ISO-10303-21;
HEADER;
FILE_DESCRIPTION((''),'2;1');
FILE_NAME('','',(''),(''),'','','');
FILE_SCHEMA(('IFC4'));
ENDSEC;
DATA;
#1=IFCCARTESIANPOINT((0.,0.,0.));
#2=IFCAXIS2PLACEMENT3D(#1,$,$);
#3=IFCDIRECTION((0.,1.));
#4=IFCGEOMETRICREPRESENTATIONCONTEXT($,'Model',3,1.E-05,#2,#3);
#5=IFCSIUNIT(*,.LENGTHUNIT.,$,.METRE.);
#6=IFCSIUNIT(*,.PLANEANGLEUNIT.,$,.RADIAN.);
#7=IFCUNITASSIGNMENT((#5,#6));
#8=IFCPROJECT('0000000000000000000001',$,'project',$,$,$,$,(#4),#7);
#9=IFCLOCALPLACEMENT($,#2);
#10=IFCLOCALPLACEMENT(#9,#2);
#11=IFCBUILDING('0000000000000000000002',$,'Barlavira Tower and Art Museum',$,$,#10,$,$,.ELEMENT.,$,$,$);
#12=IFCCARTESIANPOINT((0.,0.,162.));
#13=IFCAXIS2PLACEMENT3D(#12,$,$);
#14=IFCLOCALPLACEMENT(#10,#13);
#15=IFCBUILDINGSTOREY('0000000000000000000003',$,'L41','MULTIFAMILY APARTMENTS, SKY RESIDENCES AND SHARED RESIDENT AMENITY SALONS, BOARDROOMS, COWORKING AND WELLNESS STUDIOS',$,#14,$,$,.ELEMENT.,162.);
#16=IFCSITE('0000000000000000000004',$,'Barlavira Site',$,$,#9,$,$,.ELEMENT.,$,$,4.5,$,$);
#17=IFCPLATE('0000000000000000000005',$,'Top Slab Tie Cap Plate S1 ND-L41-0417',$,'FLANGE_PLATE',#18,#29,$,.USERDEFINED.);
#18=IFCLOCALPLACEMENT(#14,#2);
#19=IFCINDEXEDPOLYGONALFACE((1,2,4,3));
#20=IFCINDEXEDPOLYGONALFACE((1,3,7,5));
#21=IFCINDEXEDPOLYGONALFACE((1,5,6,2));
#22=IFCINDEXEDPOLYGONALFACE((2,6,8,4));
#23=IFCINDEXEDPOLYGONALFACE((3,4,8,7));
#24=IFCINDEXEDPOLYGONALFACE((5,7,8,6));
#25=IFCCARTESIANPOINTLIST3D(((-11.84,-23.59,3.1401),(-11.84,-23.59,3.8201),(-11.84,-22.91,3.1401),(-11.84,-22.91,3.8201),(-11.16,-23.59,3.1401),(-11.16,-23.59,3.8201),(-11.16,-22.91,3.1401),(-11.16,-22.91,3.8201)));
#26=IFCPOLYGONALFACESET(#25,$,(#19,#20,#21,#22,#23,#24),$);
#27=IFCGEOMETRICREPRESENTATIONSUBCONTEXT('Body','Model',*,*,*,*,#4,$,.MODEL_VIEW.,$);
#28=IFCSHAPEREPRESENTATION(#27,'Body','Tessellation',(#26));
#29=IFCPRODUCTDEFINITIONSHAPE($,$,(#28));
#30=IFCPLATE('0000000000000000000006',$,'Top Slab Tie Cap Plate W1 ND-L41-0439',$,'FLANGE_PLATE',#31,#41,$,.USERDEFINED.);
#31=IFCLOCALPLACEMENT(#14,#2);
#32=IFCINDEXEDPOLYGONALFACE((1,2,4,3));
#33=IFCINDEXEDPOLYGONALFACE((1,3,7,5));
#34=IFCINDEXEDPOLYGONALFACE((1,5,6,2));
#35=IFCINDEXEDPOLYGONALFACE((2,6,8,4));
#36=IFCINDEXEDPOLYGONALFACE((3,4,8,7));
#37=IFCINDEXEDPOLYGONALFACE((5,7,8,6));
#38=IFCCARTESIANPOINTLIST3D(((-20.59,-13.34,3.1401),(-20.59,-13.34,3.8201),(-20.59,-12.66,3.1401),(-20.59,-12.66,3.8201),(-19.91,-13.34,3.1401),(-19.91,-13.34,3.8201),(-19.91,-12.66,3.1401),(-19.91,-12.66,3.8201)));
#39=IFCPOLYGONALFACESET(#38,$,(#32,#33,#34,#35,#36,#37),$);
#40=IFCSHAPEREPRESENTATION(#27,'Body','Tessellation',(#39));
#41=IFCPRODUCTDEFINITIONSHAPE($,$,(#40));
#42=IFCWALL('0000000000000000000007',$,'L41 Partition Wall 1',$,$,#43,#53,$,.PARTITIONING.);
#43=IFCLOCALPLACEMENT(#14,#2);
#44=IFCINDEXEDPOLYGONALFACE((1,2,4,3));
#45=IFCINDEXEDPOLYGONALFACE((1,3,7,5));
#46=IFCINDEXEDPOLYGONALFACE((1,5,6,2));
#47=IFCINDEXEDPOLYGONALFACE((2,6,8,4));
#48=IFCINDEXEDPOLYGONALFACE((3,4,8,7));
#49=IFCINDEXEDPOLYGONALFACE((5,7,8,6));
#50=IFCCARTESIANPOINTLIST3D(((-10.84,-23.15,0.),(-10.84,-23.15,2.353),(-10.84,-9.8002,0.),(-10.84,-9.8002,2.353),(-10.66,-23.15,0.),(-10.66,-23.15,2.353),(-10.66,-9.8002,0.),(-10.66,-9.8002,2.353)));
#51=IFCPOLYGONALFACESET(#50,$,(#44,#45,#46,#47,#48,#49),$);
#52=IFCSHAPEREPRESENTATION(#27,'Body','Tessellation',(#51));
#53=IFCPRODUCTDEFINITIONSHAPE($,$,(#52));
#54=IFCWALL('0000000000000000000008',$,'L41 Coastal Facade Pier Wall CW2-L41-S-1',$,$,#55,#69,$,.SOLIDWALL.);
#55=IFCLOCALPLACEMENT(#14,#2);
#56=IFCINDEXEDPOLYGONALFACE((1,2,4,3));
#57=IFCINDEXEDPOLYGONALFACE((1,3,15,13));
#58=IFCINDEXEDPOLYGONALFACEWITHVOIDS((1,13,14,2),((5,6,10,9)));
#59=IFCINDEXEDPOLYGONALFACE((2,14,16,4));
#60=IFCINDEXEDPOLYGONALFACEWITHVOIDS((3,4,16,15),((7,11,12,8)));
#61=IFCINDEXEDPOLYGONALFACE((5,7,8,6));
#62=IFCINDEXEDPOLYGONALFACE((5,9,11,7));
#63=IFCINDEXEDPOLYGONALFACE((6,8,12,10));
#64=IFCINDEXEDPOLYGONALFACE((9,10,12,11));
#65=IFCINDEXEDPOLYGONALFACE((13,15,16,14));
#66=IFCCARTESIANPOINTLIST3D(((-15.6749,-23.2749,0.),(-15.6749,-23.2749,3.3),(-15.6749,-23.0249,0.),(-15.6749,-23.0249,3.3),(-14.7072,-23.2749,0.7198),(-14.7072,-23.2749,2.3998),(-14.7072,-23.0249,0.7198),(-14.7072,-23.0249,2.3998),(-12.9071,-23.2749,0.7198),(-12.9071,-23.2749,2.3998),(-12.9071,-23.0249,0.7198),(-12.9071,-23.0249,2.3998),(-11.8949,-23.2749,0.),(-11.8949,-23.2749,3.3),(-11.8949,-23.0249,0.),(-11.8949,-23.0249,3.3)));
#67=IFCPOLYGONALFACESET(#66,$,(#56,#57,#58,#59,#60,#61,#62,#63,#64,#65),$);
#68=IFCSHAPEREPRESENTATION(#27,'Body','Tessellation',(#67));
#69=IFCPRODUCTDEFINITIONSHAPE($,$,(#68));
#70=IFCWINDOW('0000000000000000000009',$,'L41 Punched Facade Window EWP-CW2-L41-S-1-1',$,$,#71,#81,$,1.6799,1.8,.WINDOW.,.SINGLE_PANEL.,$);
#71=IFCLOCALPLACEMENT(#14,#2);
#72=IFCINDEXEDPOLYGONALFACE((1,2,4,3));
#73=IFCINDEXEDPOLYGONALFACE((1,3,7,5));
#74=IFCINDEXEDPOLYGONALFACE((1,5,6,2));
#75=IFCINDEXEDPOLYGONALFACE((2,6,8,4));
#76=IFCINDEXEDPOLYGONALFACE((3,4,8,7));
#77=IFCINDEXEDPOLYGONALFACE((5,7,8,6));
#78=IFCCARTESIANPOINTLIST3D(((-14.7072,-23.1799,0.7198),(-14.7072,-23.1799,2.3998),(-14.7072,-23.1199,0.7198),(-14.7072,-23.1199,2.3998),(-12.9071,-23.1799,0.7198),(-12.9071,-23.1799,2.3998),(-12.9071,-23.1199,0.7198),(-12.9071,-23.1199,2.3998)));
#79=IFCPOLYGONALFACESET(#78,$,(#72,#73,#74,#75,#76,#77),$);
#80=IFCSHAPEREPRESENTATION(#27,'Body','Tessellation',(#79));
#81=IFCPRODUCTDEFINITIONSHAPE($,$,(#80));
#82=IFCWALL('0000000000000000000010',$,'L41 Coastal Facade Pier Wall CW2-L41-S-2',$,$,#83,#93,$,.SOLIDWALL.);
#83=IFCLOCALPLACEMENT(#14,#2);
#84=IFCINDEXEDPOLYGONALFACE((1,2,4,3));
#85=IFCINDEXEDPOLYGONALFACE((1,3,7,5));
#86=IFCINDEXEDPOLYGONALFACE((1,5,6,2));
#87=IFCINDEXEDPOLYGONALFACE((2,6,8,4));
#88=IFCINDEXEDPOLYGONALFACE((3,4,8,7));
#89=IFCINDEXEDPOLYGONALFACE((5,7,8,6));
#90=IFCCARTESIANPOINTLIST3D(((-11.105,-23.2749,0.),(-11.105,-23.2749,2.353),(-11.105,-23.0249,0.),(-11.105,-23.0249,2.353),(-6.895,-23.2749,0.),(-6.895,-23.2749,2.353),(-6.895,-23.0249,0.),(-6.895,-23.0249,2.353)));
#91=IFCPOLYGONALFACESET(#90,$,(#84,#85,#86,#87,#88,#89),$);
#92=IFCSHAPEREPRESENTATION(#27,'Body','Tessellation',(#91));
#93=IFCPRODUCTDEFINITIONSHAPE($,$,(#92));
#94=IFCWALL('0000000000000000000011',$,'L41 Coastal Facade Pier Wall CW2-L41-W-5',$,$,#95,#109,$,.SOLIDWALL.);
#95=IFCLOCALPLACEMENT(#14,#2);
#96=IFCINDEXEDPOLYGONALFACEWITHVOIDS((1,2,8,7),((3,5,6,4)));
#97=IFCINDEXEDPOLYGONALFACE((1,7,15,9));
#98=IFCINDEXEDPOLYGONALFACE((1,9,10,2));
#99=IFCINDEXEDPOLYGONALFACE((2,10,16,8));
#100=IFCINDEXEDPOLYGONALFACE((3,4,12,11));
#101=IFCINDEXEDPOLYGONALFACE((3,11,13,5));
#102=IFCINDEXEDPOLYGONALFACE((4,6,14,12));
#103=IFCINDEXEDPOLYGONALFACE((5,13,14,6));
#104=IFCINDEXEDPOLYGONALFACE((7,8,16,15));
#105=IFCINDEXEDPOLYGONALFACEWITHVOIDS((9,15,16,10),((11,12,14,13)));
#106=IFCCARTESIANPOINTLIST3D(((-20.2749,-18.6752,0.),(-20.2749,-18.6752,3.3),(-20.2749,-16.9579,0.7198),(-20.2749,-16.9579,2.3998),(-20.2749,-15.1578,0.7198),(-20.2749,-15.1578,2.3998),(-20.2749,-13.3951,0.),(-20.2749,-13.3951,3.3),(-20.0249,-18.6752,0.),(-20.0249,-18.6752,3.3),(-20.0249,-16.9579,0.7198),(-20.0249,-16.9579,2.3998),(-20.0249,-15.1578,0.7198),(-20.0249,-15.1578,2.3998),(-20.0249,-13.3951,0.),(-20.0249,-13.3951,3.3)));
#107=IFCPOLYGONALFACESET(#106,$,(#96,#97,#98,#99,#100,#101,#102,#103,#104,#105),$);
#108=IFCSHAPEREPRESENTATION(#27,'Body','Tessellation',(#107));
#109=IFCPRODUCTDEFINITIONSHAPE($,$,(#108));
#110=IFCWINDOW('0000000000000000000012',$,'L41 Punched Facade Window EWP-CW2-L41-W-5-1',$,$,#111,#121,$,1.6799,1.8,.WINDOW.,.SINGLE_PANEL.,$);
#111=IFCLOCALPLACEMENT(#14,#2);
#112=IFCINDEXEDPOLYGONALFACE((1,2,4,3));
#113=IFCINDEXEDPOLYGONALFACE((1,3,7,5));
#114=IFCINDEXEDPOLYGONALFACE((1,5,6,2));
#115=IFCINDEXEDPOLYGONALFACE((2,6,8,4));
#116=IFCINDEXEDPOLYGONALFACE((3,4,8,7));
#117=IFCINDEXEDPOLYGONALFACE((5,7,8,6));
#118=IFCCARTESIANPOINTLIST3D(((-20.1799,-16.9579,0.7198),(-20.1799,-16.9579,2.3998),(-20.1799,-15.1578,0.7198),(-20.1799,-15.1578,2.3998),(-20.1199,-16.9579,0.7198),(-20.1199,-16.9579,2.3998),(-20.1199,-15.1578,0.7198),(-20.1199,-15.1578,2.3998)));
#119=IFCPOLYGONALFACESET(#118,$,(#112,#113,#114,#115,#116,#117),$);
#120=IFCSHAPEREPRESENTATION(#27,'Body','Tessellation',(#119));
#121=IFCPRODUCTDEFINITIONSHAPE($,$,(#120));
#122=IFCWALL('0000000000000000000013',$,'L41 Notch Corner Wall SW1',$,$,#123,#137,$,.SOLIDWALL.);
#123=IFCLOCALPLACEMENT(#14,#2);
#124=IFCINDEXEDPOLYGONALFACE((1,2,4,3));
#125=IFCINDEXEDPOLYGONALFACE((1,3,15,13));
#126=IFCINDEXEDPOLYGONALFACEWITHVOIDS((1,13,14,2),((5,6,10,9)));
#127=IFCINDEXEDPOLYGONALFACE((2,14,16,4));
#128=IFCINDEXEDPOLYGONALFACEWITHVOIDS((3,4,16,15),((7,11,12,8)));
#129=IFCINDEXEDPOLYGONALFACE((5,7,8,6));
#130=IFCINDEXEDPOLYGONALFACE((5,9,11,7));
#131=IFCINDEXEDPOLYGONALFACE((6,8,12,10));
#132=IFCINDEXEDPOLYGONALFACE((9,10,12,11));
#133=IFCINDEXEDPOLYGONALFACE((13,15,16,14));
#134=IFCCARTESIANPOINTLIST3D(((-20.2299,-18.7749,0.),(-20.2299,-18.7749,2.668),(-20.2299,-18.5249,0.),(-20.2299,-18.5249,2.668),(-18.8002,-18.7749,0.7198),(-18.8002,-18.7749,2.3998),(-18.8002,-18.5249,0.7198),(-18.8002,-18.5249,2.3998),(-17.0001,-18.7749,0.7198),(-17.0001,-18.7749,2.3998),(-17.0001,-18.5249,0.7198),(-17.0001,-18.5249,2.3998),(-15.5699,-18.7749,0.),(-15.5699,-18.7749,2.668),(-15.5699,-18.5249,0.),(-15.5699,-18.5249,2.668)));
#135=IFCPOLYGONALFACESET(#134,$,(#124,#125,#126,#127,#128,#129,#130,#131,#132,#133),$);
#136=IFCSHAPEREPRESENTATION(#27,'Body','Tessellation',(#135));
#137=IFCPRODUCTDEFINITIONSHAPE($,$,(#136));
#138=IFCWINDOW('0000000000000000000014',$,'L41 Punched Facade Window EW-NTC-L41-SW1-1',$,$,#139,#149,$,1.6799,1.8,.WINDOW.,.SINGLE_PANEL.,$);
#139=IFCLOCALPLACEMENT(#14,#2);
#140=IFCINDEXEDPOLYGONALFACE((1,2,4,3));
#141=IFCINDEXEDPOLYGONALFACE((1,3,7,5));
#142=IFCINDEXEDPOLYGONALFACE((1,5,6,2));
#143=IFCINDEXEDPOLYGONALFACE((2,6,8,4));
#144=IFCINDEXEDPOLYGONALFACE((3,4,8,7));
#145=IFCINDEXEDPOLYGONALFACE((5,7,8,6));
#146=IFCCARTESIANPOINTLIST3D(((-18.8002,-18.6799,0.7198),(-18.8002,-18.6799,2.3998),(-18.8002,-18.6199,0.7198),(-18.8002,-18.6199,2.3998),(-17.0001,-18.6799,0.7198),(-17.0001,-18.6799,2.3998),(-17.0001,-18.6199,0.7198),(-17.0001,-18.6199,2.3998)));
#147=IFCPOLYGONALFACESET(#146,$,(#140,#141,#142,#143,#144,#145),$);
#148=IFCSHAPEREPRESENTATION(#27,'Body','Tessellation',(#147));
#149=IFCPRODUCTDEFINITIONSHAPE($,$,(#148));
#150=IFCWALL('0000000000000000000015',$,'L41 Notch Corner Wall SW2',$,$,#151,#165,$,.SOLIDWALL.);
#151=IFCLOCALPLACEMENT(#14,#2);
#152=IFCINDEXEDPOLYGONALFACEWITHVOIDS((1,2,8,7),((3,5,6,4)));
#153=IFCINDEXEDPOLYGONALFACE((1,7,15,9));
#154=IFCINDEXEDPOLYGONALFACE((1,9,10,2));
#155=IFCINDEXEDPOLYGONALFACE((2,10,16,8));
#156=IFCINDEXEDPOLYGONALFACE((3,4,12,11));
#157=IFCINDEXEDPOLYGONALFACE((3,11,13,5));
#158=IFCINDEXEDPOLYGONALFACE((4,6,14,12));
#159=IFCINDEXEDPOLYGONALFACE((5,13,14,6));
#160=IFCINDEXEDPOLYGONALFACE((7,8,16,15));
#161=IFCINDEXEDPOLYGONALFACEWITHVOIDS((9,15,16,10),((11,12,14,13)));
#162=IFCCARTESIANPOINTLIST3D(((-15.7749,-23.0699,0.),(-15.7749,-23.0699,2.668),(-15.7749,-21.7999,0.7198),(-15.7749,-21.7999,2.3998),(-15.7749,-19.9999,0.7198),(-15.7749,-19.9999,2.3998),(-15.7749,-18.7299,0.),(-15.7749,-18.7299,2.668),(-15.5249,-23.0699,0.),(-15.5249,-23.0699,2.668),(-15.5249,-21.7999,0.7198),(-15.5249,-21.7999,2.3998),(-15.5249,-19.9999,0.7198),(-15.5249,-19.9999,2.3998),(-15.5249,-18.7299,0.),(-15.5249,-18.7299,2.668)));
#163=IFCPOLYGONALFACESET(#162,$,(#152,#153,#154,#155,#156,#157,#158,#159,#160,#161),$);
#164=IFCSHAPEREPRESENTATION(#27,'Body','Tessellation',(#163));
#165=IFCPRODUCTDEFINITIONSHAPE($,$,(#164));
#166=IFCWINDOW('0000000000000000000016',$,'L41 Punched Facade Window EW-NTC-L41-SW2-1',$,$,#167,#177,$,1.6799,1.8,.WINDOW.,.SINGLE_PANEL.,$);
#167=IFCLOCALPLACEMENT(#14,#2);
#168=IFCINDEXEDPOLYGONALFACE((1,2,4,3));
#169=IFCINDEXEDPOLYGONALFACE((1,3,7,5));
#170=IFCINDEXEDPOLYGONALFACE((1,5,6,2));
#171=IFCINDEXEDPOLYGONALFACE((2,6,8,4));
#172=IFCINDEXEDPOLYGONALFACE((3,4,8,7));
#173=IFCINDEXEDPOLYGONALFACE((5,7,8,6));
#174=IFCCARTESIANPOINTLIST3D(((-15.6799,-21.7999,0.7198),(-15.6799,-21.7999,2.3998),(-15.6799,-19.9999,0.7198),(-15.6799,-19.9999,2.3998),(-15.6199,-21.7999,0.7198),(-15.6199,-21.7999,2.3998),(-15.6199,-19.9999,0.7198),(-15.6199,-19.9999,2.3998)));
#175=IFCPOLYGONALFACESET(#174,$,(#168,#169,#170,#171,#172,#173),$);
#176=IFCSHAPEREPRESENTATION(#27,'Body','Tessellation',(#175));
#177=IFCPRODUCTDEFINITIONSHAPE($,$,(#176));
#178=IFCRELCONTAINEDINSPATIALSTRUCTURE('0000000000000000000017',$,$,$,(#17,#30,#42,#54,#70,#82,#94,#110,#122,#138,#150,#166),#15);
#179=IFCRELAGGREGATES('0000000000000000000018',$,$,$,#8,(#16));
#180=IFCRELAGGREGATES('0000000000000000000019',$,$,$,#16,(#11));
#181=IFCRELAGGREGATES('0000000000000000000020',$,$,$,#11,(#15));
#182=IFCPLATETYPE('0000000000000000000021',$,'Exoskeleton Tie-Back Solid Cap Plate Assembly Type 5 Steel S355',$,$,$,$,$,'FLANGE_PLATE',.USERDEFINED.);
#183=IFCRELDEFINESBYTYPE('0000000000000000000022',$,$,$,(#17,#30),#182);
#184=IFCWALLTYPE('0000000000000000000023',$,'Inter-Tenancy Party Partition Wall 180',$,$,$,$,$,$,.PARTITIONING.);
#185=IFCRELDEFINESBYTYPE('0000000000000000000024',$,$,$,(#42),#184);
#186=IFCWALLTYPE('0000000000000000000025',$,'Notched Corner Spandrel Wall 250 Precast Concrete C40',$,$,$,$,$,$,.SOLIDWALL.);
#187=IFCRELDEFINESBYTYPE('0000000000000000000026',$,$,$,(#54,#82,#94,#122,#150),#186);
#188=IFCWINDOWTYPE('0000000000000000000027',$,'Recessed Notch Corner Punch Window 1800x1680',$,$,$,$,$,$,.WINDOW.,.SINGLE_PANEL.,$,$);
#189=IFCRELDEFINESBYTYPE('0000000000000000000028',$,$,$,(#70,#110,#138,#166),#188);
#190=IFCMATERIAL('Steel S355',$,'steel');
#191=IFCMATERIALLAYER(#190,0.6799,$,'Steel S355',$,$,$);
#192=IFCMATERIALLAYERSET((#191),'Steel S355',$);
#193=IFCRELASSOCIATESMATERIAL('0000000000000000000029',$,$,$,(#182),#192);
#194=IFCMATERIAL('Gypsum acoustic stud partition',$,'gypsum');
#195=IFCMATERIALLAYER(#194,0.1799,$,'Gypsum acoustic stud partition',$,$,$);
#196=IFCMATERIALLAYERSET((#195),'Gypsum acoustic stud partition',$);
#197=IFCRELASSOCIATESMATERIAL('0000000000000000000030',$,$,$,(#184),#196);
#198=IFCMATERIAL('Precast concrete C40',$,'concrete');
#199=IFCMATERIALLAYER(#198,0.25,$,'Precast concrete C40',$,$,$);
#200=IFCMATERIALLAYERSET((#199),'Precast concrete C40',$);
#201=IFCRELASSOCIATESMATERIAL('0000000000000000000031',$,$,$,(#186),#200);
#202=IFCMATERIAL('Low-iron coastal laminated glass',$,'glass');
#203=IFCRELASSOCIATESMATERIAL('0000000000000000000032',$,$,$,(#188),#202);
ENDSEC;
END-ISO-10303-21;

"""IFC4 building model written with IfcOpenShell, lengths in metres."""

from ifc_helpers import new_model, si_unit, direction, frame, frame_2d, origin, origin_2d, place, context, subcontext, project, spatial, rectangle, extrude, material, layer, layer_set, type_object, element, fill, save


model = new_model("IFC4")

# Units and contexts
model_context = context("Model", 3, precision=1e-05, world=origin(), true_north=direction((0.0, 1.0)))
body_context = subcontext(model_context, "Body", "Model", "MODEL_VIEW")
ifc_project = project(units=[si_unit("LENGTHUNIT", "METRE"), si_unit("PLANEANGLEUNIT", "RADIAN")], contexts=[model_context])

# Site, building, storey
site_placement = place(None, origin())
site = spatial("IfcSite", under=ifc_project, at=site_placement, Name="Barlavira Site", CompositionType="ELEMENT", RefElevation=4.5)
building_placement = place(site_placement, origin())
building = spatial("IfcBuilding", under=site, at=building_placement, Name="Barlavira Tower and Art Museum", CompositionType="ELEMENT")
storey_placement = place(building_placement, frame((0.0, 0.0, 162.0)))
storey = spatial("IfcBuildingStorey", under=building, at=storey_placement, Name="L41", Description="MULTIFAMILY APARTMENTS, SKY RESIDENCES AND SHARED RESIDENT AMENITY SALONS, BOARDROOMS, COWORKING AND WELLNESS STUDIOS", CompositionType="ELEMENT", Elevation=162.0)

# Shared definitions
ifc_material_1 = material(Name="Steel S355", Category="steel")

# Plates
ifc_layer_1 = layer(ifc_material_1, 0.6799, Name="Steel S355")
ifc_layer_set_1 = layer_set([ifc_layer_1], Name="Steel S355")
plate_type_1 = type_object("IfcPlateType", Name="Exoskeleton Tie-Back Solid Cap Plate Assembly Type 5 Steel S355", ElementType="FLANGE_PLATE", PredefinedType="USERDEFINED", material=ifc_layer_set_1)
for number, where, z_axis, x_axis, name in (
    (1, (-11.5, -23.25, 3.1401), (0.0, 0.0, 1.0), (1.0, 0.0, 0.0), "Top Slab Tie Cap Plate S1 ND-L41-0417"),
    (2, (-20.25, -13.0, 3.1401), (0.0, 0.0, 1.0), (1.0, 0.0, 0.0), "Top Slab Tie Cap Plate W1 ND-L41-0439"),
):
    element("IfcPlate", number, at=place(storey_placement, frame(where, z_axis=z_axis, x_axis=x_axis)), inside=storey, type_object=plate_type_1, Name=name, ObjectType="FLANGE_PLATE", PredefinedType="USERDEFINED", context=body_context, shape_type="SweptSolid", body=[
        extrude(rectangle(XDim=0.6799, YDim=0.6799, at=origin_2d()), origin(), (0.0, 0.0, 1.0), 0.6799),
    ])

# Wall
ifc_material_2 = material(Name="Gypsum acoustic stud partition", Category="gypsum")
ifc_layer_2 = layer(ifc_material_2, 0.1799, Name="Gypsum acoustic stud partition")
ifc_layer_set_2 = layer_set([ifc_layer_2], Name="Gypsum acoustic stud partition")
wall_type_1 = type_object("IfcWallType", Name="Inter-Tenancy Party Partition Wall 180", PredefinedType="PARTITIONING", material=ifc_layer_set_2)
wall_1_placement = place(storey_placement, frame((-10.75, -23.1499, 0.0), z_axis=(0.0, 0.0, 1.0), x_axis=(0.0, 1.0, 0.0)))
element("IfcWall", 3, at=wall_1_placement, inside=storey, type_object=wall_type_1, Name="L41 Partition Wall 1", PredefinedType="PARTITIONING", context=body_context, shape_type="SweptSolid", body=[
    extrude(rectangle(XDim=13.3499, YDim=0.1799, at=frame_2d((6.6748, 0.0))), origin(), (0.0, 0.0, 1.0), 2.353),
])

# Wall, opening, window
ifc_material_3 = material(Name="Precast concrete C40", Category="concrete")
ifc_layer_3 = layer(ifc_material_3, 0.25, Name="Precast concrete C40")
ifc_layer_set_3 = layer_set([ifc_layer_3], Name="Precast concrete C40")
wall_type_2 = type_object("IfcWallType", Name="Notched Corner Spandrel Wall 250 Precast Concrete C40", PredefinedType="SOLIDWALL", material=ifc_layer_set_3)
wall_2_placement = place(storey_placement, frame((-15.675, -23.1499, 0.0), z_axis=(0.0, 0.0, 1.0), x_axis=(1.0, 0.0, 0.0)))
wall_2 = element("IfcWall", 4, at=wall_2_placement, inside=storey, type_object=wall_type_2, Name="L41 Coastal Facade Pier Wall CW2-L41-S-1", PredefinedType="SOLIDWALL", context=body_context, shape_type="SweptSolid", body=[
    extrude(rectangle(XDim=3.78, YDim=0.25, at=frame_2d((1.8901, 0.0))), origin(), (0.0, 0.0, 1.0), 3.3),
])
opening_1_placement = place(wall_2_placement, frame((0.968, 0.0, 0.72)))
opening_1 = element("IfcOpeningElement", 5, at=opening_1_placement, cuts=wall_2, PredefinedType="OPENING", context=body_context, shape_type="SweptSolid", body=[
    extrude(rectangle(XDim=1.8, YDim=1.6799, at=frame_2d((0.8999, 0.8398))), frame((0.0, 0.135, 0.0), z_axis=(0.0, -1.0, 0.0), x_axis=(1.0, 0.0, 0.0)), (0.0, 0.0, 1.0), 0.27),
])
ifc_material_4 = material(Name="Low-iron coastal laminated glass", Category="glass")
window_type = type_object("IfcWindowType", Name="Recessed Notch Corner Punch Window 1800x1680", PartitioningType="SINGLE_PANEL", PredefinedType="WINDOW", material=ifc_material_4)
window_1_placement = place(opening_1_placement, origin())
window_1 = element("IfcWindow", 6, at=window_1_placement, inside=storey, type_object=window_type, Name="L41 Punched Facade Window EWP-CW2-L41-S-1-1", OverallHeight=1.6799, OverallWidth=1.8, PartitioningType="SINGLE_PANEL", PredefinedType="WINDOW", context=body_context, shape_type="SweptSolid", body=[
    extrude(rectangle(XDim=1.8, YDim=1.6799, at=frame_2d((0.8999, 0.8398))), frame((0.0, 0.03, 0.0), z_axis=(0.0, -1.0, 0.0), x_axis=(1.0, 0.0, 0.0)), (0.0, 0.0, 1.0), 0.0601),
])
fill(opening_1, window_1)

# Wall
wall_3_placement = place(storey_placement, frame((-11.105, -23.1499, 0.0), z_axis=(0.0, 0.0, 1.0), x_axis=(1.0, 0.0, 0.0)))
element("IfcWall", 7, at=wall_3_placement, inside=storey, type_object=wall_type_2, Name="L41 Coastal Facade Pier Wall CW2-L41-S-2", PredefinedType="SOLIDWALL", context=body_context, shape_type="SweptSolid", body=[
    extrude(rectangle(XDim=4.21, YDim=0.25, at=frame_2d((2.105, 0.0))), origin(), (0.0, 0.0, 1.0), 2.353),
])

# Walls, openings, windows
wall_4_placement = place(storey_placement, frame((-20.1499, -13.395, 0.0), z_axis=(0.0, 0.0, 1.0), x_axis=(0.0, -1.0, 0.0)))
wall_4 = element("IfcWall", 8, at=wall_4_placement, inside=storey, type_object=wall_type_2, Name="L41 Coastal Facade Pier Wall CW2-L41-W-5", PredefinedType="SOLIDWALL", context=body_context, shape_type="SweptSolid", body=[
    extrude(rectangle(XDim=5.28, YDim=0.25, at=frame_2d((2.6401, 0.0))), origin(), (0.0, 0.0, 1.0), 3.3),
])
opening_2_placement = place(wall_4_placement, frame((1.7629, 0.0, 0.72)))
opening_2 = element("IfcOpeningElement", 9, at=opening_2_placement, cuts=wall_4, PredefinedType="OPENING", context=body_context, shape_type="SweptSolid", body=[
    extrude(rectangle(XDim=1.8, YDim=1.6799, at=frame_2d((0.8999, 0.8398))), frame((0.0, 0.135, 0.0), z_axis=(0.0, -1.0, 0.0), x_axis=(1.0, 0.0, 0.0)), (0.0, 0.0, 1.0), 0.27),
])
window_2_placement = place(opening_2_placement, origin())
window_2 = element("IfcWindow", 10, at=window_2_placement, inside=storey, type_object=window_type, Name="L41 Punched Facade Window EWP-CW2-L41-W-5-1", OverallHeight=1.6799, OverallWidth=1.8, PartitioningType="SINGLE_PANEL", PredefinedType="WINDOW", context=body_context, shape_type="SweptSolid", body=[
    extrude(rectangle(XDim=1.8, YDim=1.6799, at=frame_2d((0.8999, 0.8398))), frame((0.0, 0.03, 0.0), z_axis=(0.0, -1.0, 0.0), x_axis=(1.0, 0.0, 0.0)), (0.0, 0.0, 1.0), 0.0601),
])
fill(opening_2, window_2)
wall_5_placement = place(storey_placement, frame((-20.23, -18.6499, 0.0), z_axis=(0.0, 0.0, 1.0), x_axis=(1.0, 0.0, 0.0)))
wall_5 = element("IfcWall", 11, at=wall_5_placement, inside=storey, type_object=wall_type_2, Name="L41 Notch Corner Wall SW1", PredefinedType="SOLIDWALL", context=body_context, shape_type="SweptSolid", body=[
    extrude(rectangle(XDim=4.6599, YDim=0.25, at=frame_2d((2.3301, 0.0))), origin(), (0.0, 0.0, 1.0), 2.668),
])
opening_3_placement = place(wall_5_placement, frame((1.4299, 0.0, 0.72)))
opening_3 = element("IfcOpeningElement", 12, at=opening_3_placement, cuts=wall_5, PredefinedType="OPENING", context=body_context, shape_type="SweptSolid", body=[
    extrude(rectangle(XDim=1.8, YDim=1.6799, at=frame_2d((0.8999, 0.8398))), frame((0.0, 0.135, 0.0), z_axis=(0.0, -1.0, 0.0), x_axis=(1.0, 0.0, 0.0)), (0.0, 0.0, 1.0), 0.27),
])
window_3_placement = place(opening_3_placement, origin())
window_3 = element("IfcWindow", 13, at=window_3_placement, inside=storey, type_object=window_type, Name="L41 Punched Facade Window EW-NTC-L41-SW1-1", OverallHeight=1.6799, OverallWidth=1.8, PartitioningType="SINGLE_PANEL", PredefinedType="WINDOW", context=body_context, shape_type="SweptSolid", body=[
    extrude(rectangle(XDim=1.8, YDim=1.6799, at=frame_2d((0.8999, 0.8398))), frame((0.0, 0.03, 0.0), z_axis=(0.0, -1.0, 0.0), x_axis=(1.0, 0.0, 0.0)), (0.0, 0.0, 1.0), 0.0601),
])
fill(opening_3, window_3)
wall_6_placement = place(storey_placement, frame((-15.6499, -18.73, 0.0), z_axis=(0.0, 0.0, 1.0), x_axis=(0.0, -1.0, 0.0)))
wall_6 = element("IfcWall", 14, at=wall_6_placement, inside=storey, type_object=wall_type_2, Name="L41 Notch Corner Wall SW2", PredefinedType="SOLIDWALL", context=body_context, shape_type="SweptSolid", body=[
    extrude(rectangle(XDim=4.3401, YDim=0.25, at=frame_2d((2.1699, 0.0))), origin(), (0.0, 0.0, 1.0), 2.668),
])
opening_4_placement = place(wall_6_placement, frame((1.27, 0.0, 0.72)))
opening_4 = element("IfcOpeningElement", 15, at=opening_4_placement, cuts=wall_6, PredefinedType="OPENING", context=body_context, shape_type="SweptSolid", body=[
    extrude(rectangle(XDim=1.8, YDim=1.6799, at=frame_2d((0.8999, 0.8398))), frame((0.0, 0.135, 0.0), z_axis=(0.0, -1.0, 0.0), x_axis=(1.0, 0.0, 0.0)), (0.0, 0.0, 1.0), 0.27),
])
window_4_placement = place(opening_4_placement, origin())
window_4 = element("IfcWindow", 16, at=window_4_placement, inside=storey, type_object=window_type, Name="L41 Punched Facade Window EW-NTC-L41-SW2-1", OverallHeight=1.6799, OverallWidth=1.8, PartitioningType="SINGLE_PANEL", PredefinedType="WINDOW", context=body_context, shape_type="SweptSolid", body=[
    extrude(rectangle(XDim=1.8, YDim=1.6799, at=frame_2d((0.8999, 0.8398))), frame((0.0, 0.03, 0.0), z_axis=(0.0, -1.0, 0.0), x_axis=(1.0, 0.0, 0.0)), (0.0, 0.0, 1.0), 0.0601),
])
fill(opening_4, window_4)

save(model, "model.ifc")
